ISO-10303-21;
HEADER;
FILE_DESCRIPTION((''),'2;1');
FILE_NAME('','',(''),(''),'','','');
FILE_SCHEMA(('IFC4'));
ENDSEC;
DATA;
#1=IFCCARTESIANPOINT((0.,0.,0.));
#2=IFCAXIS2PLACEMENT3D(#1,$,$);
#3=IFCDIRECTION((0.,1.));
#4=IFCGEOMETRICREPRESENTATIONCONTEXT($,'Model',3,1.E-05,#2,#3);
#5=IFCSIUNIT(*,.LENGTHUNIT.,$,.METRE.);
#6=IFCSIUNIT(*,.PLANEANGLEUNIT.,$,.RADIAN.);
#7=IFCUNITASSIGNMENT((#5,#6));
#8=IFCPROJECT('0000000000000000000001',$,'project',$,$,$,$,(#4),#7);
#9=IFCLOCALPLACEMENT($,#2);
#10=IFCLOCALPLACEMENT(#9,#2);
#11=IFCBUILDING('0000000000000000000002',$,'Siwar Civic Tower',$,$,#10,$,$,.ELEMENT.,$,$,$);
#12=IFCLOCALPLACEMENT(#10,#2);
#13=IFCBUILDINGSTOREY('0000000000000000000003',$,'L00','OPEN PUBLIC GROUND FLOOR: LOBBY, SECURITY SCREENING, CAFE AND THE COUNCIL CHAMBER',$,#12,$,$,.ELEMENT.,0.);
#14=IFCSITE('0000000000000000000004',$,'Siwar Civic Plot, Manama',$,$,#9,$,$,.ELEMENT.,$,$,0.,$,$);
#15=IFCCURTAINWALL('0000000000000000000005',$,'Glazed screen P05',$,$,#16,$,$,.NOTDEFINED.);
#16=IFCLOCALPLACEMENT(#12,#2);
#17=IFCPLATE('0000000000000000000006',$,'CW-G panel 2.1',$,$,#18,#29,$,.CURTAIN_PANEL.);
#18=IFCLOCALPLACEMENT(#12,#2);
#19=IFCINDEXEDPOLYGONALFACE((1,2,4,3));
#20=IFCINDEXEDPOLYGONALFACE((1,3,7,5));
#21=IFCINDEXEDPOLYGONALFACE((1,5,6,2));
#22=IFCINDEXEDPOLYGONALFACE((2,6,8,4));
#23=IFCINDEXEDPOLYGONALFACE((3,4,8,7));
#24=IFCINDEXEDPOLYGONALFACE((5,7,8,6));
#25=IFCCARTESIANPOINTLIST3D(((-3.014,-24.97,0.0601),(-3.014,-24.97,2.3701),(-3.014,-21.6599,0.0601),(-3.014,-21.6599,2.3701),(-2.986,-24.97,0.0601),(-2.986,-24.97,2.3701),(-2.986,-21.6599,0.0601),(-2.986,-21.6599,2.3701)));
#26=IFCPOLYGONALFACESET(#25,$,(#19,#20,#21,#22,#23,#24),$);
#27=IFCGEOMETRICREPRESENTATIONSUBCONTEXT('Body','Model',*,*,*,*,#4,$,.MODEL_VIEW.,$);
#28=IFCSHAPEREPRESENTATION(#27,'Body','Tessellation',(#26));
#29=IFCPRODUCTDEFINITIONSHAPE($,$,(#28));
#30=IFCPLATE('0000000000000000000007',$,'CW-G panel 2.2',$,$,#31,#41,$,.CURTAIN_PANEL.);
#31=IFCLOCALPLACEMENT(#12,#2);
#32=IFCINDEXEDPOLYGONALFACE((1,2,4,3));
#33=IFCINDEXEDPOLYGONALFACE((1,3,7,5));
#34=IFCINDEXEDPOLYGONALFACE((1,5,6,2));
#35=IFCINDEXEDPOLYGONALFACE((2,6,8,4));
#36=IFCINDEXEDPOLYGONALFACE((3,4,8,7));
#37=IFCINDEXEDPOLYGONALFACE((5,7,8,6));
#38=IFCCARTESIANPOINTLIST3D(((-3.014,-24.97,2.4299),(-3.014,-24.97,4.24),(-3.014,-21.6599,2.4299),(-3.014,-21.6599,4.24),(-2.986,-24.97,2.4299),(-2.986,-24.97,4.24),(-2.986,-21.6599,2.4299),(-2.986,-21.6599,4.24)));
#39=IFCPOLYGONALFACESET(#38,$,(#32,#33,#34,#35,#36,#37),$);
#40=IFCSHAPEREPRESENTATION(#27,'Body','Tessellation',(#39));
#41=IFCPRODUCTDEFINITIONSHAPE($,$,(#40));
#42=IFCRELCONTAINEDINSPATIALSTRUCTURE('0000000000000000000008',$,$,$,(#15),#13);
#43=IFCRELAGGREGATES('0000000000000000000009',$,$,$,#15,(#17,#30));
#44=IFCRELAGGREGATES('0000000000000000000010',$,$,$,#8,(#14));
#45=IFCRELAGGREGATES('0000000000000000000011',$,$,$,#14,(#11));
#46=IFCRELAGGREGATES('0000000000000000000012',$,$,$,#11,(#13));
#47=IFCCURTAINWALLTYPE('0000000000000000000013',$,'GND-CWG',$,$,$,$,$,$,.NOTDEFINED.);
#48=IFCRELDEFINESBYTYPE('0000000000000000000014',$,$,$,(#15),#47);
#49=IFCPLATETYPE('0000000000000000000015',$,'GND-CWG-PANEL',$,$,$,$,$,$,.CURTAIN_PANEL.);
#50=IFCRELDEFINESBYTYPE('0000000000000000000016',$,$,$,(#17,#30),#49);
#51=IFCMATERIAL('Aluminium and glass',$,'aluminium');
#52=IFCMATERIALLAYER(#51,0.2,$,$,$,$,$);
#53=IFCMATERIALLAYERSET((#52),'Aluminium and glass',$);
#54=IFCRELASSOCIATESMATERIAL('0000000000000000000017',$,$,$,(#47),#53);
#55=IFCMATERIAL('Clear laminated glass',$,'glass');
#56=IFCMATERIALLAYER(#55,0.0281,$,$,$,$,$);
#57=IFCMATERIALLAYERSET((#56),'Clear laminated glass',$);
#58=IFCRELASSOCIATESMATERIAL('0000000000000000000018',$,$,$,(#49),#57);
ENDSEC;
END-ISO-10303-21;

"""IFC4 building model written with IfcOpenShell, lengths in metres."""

from ifc_helpers import new_model, si_unit, direction, frame, origin, origin_2d, place, context, subcontext, project, spatial, rectangle, extrude, material, layer, layer_set, type_object, element, aggregate, save


model = new_model("IFC4")

# Units and contexts
model_context = context("Model", 3, precision=1e-05, world=origin(), true_north=direction((0.0, 1.0)))
body_context = subcontext(model_context, "Body", "Model", "MODEL_VIEW")
ifc_project = project(units=[si_unit("LENGTHUNIT", "METRE"), si_unit("PLANEANGLEUNIT", "RADIAN")], contexts=[model_context])

# Site, building, storey
site_placement = place(None, origin())
site = spatial("IfcSite", under=ifc_project, at=site_placement, Name="Siwar Civic Plot, Manama", CompositionType="ELEMENT", RefElevation=0.0)
building_placement = place(site_placement, origin())
building = spatial("IfcBuilding", under=site, at=building_placement, Name="Siwar Civic Tower", CompositionType="ELEMENT")
storey_placement = place(building_placement, origin())
storey = spatial("IfcBuildingStorey", under=building, at=storey_placement, Name="L00", Description="OPEN PUBLIC GROUND FLOOR: LOBBY, SECURITY SCREENING, CAFE AND THE COUNCIL CHAMBER", CompositionType="ELEMENT", Elevation=0.0)

# Shared definitions
ifc_material_1 = material(Name="Aluminium and glass", Category="aluminium")
ifc_layer_1 = layer(ifc_material_1, 0.2)
ifc_layer_set_1 = layer_set([ifc_layer_1], Name="Aluminium and glass")
curtain_wall_type = type_object("IfcCurtainWallType", Name="GND-CWG", PredefinedType="NOTDEFINED", material=ifc_layer_set_1)

# Curtain wall
curtain_wall_1_placement = place(storey_placement, origin())
curtain_wall_1 = element("IfcCurtainWall", 1, at=curtain_wall_1_placement, inside=storey, type_object=curtain_wall_type, Name="Glazed screen P05", PredefinedType="NOTDEFINED")

# Plates
ifc_material_2 = material(Name="Clear laminated glass", Category="glass")
ifc_layer_2 = layer(ifc_material_2, 0.0281)
ifc_layer_set_2 = layer_set([ifc_layer_2], Name="Clear laminated glass")
plate_type = type_object("IfcPlateType", Name="GND-CWG-PANEL", PredefinedType="CURTAIN_PANEL", material=ifc_layer_set_2)
plate_1_placement = place(storey_placement, frame((-3.0, -23.3149, 0.0601), z_axis=(0.0, 0.0, 1.0), x_axis=(0.0, 1.0, 0.0)))
plate_1 = element("IfcPlate", 2, at=plate_1_placement, type_object=plate_type, Name="CW-G panel 2.1", PredefinedType="CURTAIN_PANEL", context=body_context, shape_type="SweptSolid", body=[
    extrude(rectangle(XDim=3.3101, YDim=0.0281, at=origin_2d()), origin(), (0.0, 0.0, 1.0), 2.3101),
])
plate_2_placement = place(storey_placement, frame((-3.0, -23.3149, 2.4299), z_axis=(0.0, 0.0, 1.0), x_axis=(0.0, 1.0, 0.0)))
plate_2 = element("IfcPlate", 3, at=plate_2_placement, type_object=plate_type, Name="CW-G panel 2.2", PredefinedType="CURTAIN_PANEL", context=body_context, shape_type="SweptSolid", body=[
    extrude(rectangle(XDim=3.3101, YDim=0.0281, at=origin_2d()), origin(), (0.0, 0.0, 1.0), 1.8101),
])
aggregate(curtain_wall_1, [plate_1, plate_2])

save(model, "model.ifc")
